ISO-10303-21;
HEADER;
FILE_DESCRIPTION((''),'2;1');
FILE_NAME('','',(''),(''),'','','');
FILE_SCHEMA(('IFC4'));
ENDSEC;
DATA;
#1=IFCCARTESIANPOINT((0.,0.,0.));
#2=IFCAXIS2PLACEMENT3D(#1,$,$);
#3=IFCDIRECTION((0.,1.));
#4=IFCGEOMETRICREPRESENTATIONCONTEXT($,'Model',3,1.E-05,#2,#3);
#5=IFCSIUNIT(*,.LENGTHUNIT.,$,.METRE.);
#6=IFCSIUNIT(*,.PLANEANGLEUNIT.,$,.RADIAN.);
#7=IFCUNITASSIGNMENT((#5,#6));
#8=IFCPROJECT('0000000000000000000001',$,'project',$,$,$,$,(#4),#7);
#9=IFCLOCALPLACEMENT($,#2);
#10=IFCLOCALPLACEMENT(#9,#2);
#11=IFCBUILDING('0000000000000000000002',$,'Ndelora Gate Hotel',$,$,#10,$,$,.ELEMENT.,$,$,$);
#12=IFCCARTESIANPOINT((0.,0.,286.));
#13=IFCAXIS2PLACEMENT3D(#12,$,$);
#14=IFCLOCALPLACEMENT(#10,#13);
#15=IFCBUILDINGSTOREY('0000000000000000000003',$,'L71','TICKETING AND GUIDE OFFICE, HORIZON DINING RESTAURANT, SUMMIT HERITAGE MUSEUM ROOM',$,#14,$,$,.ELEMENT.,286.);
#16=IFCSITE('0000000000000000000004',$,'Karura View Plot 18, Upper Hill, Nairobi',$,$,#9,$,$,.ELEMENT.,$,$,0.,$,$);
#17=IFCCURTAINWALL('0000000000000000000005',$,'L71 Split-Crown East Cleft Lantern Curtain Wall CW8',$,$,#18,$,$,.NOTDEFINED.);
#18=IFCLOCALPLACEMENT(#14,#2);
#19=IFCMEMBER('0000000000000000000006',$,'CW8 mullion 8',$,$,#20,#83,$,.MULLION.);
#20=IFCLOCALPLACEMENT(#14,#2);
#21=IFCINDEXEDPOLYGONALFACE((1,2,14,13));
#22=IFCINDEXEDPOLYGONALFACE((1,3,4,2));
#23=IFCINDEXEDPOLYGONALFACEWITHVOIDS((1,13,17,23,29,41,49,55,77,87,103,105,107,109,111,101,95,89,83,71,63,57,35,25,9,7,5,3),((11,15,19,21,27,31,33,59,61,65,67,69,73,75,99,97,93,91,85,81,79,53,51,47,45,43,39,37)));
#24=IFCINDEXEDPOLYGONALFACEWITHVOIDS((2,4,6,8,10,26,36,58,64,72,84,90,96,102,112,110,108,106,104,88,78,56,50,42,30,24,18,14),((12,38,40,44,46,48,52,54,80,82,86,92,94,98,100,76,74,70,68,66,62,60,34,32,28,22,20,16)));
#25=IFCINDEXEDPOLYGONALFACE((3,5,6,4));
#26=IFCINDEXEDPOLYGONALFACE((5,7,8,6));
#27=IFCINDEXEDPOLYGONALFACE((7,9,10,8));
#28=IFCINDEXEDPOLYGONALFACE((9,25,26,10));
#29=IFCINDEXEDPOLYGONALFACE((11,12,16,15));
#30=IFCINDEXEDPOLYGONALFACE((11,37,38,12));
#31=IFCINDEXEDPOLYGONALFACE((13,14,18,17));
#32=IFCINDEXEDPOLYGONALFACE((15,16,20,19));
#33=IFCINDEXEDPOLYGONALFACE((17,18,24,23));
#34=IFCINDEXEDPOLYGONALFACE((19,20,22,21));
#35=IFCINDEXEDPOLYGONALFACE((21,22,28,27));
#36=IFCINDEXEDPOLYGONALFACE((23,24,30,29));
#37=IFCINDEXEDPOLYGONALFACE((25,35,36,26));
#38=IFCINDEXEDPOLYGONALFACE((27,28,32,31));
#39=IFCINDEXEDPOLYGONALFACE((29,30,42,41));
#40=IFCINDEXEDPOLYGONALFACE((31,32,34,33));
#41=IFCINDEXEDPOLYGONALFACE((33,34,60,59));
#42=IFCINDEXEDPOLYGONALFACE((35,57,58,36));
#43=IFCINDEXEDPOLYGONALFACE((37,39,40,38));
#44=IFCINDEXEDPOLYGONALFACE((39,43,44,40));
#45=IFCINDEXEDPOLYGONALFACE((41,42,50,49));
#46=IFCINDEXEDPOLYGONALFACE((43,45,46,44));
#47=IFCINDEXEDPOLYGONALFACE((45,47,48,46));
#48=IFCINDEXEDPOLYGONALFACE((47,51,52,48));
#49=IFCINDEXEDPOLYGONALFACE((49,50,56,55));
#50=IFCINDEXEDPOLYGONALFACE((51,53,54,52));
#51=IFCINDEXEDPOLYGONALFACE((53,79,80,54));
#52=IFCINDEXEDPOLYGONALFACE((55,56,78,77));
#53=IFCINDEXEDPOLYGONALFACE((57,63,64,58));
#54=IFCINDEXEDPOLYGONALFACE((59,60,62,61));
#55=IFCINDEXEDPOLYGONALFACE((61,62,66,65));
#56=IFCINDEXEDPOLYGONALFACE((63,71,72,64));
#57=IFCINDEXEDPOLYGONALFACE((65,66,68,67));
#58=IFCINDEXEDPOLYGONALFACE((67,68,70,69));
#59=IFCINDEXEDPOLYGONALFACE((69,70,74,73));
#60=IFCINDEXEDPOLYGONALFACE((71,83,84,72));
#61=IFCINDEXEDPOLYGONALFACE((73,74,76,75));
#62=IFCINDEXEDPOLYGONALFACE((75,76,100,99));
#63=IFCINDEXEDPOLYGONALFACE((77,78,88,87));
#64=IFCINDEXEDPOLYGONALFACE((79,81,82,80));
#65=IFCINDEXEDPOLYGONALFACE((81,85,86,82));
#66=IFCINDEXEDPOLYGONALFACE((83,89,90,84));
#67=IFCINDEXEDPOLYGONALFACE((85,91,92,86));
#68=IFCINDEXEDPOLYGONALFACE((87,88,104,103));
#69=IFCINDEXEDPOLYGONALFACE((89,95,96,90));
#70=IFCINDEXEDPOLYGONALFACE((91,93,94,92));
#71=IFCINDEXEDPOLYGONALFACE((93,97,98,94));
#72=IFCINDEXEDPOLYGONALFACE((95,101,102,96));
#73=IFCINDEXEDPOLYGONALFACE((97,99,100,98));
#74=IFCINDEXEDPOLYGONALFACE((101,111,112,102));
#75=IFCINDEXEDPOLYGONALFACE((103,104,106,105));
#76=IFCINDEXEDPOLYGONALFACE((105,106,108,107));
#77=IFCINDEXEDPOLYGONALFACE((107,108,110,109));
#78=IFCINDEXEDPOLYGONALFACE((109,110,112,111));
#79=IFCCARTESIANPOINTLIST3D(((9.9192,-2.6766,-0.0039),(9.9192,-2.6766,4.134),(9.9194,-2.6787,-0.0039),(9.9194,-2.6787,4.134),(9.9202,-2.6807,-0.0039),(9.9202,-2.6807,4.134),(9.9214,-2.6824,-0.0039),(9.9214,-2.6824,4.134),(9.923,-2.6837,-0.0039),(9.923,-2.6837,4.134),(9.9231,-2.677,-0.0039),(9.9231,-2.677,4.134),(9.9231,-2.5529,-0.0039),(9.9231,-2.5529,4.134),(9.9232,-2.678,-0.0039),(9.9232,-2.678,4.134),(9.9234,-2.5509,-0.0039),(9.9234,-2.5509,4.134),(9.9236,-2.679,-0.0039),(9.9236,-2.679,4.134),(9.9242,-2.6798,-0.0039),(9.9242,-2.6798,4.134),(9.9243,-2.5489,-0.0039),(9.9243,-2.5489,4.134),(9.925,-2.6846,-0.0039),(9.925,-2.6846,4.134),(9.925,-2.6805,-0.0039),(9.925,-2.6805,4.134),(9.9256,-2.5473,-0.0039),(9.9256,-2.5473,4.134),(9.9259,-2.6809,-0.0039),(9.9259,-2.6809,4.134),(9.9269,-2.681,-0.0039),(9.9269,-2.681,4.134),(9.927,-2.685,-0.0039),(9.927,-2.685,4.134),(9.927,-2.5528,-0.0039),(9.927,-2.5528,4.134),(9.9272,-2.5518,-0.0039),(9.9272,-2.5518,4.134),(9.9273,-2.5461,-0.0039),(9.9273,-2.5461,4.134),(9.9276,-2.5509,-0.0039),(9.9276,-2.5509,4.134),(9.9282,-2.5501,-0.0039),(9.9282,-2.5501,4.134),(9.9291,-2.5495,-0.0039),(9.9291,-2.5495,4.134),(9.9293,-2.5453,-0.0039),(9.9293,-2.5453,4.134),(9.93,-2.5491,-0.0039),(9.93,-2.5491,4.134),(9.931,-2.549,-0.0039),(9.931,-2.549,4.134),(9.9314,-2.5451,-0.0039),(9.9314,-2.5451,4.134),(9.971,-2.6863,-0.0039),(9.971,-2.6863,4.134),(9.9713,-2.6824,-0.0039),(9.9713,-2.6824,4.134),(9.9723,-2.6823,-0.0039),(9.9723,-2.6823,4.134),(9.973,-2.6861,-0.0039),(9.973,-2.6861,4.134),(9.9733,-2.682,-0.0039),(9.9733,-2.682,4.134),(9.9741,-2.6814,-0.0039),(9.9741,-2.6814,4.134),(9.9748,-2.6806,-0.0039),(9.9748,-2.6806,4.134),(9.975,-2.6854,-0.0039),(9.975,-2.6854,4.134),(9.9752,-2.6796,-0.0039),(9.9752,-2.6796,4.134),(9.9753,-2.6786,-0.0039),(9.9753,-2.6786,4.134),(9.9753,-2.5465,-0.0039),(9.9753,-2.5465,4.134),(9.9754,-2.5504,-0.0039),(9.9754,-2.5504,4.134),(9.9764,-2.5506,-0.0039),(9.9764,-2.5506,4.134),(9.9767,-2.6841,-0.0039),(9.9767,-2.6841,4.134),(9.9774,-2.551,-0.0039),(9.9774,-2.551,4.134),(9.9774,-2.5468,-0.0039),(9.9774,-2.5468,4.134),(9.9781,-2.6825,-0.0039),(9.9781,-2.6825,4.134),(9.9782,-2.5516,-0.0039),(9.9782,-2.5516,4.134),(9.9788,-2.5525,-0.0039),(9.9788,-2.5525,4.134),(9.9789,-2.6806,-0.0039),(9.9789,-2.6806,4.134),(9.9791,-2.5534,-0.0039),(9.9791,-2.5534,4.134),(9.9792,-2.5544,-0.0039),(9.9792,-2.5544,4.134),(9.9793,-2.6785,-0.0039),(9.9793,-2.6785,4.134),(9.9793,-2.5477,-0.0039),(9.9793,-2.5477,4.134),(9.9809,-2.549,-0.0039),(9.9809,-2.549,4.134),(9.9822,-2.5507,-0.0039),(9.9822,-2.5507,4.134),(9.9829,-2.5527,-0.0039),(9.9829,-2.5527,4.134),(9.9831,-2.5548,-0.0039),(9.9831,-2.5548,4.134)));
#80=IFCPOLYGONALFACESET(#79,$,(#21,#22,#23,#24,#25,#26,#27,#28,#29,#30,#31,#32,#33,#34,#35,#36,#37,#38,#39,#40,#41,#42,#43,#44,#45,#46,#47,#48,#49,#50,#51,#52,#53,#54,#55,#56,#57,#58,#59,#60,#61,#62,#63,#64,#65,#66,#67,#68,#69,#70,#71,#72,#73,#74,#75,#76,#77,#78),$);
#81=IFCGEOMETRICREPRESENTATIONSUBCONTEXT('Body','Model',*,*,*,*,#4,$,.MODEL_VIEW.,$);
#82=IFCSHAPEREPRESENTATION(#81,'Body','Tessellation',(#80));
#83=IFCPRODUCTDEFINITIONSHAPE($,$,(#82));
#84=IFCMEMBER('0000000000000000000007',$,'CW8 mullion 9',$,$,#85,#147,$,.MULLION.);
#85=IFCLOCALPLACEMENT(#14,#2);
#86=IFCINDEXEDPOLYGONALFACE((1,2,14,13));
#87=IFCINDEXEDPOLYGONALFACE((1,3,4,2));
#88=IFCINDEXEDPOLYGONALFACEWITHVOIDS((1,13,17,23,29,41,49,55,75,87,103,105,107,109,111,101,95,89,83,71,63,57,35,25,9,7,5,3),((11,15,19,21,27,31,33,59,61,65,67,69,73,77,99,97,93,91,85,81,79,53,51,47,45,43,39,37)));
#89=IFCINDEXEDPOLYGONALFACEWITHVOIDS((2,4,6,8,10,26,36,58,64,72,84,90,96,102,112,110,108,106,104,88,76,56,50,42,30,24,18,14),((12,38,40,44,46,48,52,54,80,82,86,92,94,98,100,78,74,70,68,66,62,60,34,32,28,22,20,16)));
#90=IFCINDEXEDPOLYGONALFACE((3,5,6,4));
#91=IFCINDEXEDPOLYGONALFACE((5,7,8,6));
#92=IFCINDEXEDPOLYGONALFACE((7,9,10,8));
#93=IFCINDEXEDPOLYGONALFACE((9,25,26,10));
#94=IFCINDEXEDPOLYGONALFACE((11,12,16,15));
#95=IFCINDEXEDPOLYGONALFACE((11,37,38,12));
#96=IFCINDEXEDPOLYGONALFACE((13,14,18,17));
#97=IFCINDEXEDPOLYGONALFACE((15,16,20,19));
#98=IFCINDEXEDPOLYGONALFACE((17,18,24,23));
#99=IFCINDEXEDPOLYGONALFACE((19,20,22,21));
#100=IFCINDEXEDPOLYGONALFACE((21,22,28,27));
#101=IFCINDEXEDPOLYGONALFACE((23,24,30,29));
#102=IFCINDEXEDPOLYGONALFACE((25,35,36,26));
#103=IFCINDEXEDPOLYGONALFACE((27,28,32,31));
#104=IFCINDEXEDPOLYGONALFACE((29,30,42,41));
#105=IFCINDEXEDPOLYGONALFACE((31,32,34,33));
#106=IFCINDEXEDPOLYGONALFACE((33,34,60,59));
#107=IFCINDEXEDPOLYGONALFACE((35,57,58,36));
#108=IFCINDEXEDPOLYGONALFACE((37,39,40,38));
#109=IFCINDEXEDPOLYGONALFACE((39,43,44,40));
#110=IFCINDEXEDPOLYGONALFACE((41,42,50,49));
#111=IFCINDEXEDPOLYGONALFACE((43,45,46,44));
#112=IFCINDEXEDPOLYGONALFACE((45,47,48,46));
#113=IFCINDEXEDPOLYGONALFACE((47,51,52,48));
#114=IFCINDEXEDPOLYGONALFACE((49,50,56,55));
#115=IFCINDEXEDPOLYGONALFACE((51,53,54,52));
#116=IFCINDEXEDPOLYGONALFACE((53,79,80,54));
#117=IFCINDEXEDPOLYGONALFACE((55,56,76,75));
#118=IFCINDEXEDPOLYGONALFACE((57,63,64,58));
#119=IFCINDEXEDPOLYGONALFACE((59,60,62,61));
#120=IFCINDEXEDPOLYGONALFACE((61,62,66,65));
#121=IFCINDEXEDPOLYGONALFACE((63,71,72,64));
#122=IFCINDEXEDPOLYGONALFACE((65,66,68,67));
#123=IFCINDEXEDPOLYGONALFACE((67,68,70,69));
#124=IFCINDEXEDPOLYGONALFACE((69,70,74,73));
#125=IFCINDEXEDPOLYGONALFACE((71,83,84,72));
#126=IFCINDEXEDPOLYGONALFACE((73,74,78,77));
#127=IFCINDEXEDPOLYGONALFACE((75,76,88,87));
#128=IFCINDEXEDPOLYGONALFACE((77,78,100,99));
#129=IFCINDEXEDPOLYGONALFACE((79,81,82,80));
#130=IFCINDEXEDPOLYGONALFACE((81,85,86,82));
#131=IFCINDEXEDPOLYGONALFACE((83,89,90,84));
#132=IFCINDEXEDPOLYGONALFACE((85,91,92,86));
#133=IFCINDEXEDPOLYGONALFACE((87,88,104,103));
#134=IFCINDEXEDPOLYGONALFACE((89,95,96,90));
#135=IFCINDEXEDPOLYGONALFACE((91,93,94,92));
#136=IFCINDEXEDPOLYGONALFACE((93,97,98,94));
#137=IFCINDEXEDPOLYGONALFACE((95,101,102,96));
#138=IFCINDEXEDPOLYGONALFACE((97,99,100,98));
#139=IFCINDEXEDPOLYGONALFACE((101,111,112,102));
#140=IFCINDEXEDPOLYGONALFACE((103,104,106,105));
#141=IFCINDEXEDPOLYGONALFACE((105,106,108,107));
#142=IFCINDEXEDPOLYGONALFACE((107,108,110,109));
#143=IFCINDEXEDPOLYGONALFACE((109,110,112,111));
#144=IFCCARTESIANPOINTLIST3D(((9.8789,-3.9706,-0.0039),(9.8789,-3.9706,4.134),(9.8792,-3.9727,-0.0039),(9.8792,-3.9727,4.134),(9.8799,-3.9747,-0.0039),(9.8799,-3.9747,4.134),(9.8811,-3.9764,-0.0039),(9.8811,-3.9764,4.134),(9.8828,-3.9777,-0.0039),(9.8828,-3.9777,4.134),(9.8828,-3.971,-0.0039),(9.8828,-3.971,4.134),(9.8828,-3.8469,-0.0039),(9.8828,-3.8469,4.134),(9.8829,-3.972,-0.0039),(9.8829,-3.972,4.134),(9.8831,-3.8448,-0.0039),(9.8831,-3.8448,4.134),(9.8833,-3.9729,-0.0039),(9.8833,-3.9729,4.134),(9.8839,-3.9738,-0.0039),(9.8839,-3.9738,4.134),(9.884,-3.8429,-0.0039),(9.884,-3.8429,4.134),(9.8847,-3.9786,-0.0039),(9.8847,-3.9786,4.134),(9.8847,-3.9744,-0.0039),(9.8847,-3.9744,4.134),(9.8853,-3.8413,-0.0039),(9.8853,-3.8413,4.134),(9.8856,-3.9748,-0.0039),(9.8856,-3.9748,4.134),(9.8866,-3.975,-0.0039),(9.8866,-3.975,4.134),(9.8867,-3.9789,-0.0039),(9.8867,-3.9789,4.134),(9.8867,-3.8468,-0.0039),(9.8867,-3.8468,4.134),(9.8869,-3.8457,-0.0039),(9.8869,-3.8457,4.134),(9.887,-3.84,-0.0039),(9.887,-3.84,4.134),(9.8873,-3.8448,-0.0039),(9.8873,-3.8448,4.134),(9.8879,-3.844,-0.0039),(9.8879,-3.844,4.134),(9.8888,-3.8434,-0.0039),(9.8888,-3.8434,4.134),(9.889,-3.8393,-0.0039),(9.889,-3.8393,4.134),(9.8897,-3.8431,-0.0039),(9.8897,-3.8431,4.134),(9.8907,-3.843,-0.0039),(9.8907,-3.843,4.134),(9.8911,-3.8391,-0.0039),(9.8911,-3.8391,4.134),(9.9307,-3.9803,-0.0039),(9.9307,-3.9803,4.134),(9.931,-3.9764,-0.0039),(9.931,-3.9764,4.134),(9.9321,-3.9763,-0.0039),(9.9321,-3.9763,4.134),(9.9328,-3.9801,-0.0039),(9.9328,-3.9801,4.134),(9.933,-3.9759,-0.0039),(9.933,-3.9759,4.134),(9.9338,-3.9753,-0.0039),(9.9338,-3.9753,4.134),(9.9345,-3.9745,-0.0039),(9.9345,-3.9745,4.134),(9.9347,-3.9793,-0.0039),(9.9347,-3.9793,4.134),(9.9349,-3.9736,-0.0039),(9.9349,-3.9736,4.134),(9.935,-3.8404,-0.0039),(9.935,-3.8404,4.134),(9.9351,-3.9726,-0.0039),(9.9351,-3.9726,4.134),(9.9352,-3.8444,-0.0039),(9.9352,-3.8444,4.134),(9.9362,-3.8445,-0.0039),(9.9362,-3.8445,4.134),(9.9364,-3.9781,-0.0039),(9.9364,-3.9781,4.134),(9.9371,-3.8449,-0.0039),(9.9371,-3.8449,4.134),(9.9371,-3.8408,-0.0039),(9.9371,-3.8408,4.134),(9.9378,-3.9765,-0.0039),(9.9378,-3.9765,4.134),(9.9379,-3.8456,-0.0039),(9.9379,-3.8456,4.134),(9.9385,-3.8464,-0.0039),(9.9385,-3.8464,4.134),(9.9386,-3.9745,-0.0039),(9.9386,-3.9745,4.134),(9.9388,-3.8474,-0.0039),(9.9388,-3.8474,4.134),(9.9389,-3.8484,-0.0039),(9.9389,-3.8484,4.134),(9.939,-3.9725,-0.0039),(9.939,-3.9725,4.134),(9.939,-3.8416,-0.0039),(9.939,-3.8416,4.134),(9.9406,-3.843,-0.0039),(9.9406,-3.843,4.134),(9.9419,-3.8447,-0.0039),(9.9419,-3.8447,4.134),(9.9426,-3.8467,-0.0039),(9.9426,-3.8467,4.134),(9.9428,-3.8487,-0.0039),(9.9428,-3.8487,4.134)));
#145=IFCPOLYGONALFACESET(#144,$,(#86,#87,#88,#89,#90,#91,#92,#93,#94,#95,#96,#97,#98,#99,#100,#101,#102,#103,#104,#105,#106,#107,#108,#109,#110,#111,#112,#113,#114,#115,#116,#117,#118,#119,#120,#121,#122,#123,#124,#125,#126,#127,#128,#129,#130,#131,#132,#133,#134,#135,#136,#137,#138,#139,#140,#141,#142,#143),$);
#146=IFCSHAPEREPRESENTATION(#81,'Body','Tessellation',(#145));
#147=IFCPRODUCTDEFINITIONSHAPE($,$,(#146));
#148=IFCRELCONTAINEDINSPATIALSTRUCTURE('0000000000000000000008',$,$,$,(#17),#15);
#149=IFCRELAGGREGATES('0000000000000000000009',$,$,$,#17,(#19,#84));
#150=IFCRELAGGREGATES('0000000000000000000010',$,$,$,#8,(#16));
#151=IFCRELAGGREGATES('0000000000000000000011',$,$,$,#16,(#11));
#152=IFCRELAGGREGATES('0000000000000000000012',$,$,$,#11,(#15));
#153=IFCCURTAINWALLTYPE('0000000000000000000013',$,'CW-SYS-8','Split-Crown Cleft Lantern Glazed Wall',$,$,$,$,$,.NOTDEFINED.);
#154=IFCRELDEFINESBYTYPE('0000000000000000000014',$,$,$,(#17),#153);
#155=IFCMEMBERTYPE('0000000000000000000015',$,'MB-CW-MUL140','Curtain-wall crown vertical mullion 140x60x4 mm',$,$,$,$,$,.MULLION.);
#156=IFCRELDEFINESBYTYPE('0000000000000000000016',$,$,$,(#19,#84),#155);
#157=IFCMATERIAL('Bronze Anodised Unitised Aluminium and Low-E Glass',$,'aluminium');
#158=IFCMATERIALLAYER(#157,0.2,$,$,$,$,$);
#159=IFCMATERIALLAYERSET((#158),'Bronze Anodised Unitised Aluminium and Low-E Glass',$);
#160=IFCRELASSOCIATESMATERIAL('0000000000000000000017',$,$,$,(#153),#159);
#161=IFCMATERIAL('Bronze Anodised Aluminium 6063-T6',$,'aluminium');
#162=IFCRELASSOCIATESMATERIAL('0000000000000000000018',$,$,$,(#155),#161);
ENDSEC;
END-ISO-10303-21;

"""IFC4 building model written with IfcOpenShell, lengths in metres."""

from ifc_helpers import new_model, si_unit, direction, frame, origin, origin_2d, place, context, subcontext, project, spatial, hollow_rectangle, extrude, material, layer, layer_set, material_profile, profile_set, type_object, element, aggregate, save


model = new_model("IFC4")

# Units and contexts
model_context = context("Model", 3, precision=1e-05, world=origin(), true_north=direction((0.0, 1.0)))
body_context = subcontext(model_context, "Body", "Model", "MODEL_VIEW")
ifc_project = project(units=[si_unit("LENGTHUNIT", "METRE"), si_unit("PLANEANGLEUNIT", "RADIAN")], contexts=[model_context])

# Site, building, storey
site_placement = place(None, origin())
site = spatial("IfcSite", under=ifc_project, at=site_placement, Name="Karura View Plot 18, Upper Hill, Nairobi", CompositionType="ELEMENT", RefElevation=0.0)
building_placement = place(site_placement, origin())
building = spatial("IfcBuilding", under=site, at=building_placement, Name="Ndelora Gate Hotel", CompositionType="ELEMENT")
storey_placement = place(building_placement, frame((0.0, 0.0, 286.0)))
storey = spatial("IfcBuildingStorey", under=building, at=storey_placement, Name="L71", Description="TICKETING AND GUIDE OFFICE, HORIZON DINING RESTAURANT, SUMMIT HERITAGE MUSEUM ROOM", CompositionType="ELEMENT", Elevation=286.0)

# Shared definitions
ifc_material_1 = material(Name="Bronze Anodised Unitised Aluminium and Low-E Glass", Category="aluminium")
ifc_layer_1 = layer(ifc_material_1, 0.2)
ifc_layer_set_1 = layer_set([ifc_layer_1], Name="Bronze Anodised Unitised Aluminium and Low-E Glass")
curtain_wall_type = type_object("IfcCurtainWallType", Name="CW-SYS-8", Description="Split-Crown Cleft Lantern Glazed Wall", PredefinedType="NOTDEFINED", material=ifc_layer_set_1)
ifc_material_2 = material(Name="Bronze Anodised Aluminium 6063-T6", Category="aluminium")
ifc_material_profile_1 = material_profile(ifc_material_2, hollow_rectangle(XDim=0.0601, YDim=0.1399, WallThickness=0.0039, InnerFilletRadius=0.0039, OuterFilletRadius=0.0081, at=origin_2d()), Name="ALU 140x60x4")
ifc_profile_set_1 = profile_set([ifc_material_profile_1], Name="Bronze Anodised Aluminium 6063-T6")
member_type_1 = type_object("IfcMemberType", Name="MB-CW-MUL140", Description="Curtain-wall crown vertical mullion 140x60x4 mm", PredefinedType="MULLION", material=ifc_profile_set_1)

# Curtain wall, members
curtain_wall_1_placement = place(storey_placement, origin())
curtain_wall_1 = element("IfcCurtainWall", 1, at=curtain_wall_1_placement, inside=storey, type_object=curtain_wall_type, Name="L71 Split-Crown East Cleft Lantern Curtain Wall CW8", PredefinedType="NOTDEFINED")
member_1_placement = place(storey_placement, frame((9.9512, -2.6157, -0.0039), z_axis=(0.0, 0.0, 1.0), x_axis=(0.999515, -0.031131, 0.0)))
member_1 = element("IfcMember", 2, at=member_1_placement, type_object=member_type_1, Name="CW8 mullion 8", PredefinedType="MULLION", context=body_context, shape_type="SweptSolid", body=[
    extrude(hollow_rectangle(XDim=0.0601, YDim=0.1399, WallThickness=0.0039, InnerFilletRadius=0.0039, OuterFilletRadius=0.0081, at=origin_2d()), origin(), (0.0, 0.0, 1.0), 4.1379),
])
member_2_placement = place(storey_placement, frame((9.9109, -3.9097, -0.0039), z_axis=(0.0, 0.0, 1.0), x_axis=(0.999515, -0.031131, 0.0)))
member_2 = element("IfcMember", 3, at=member_2_placement, type_object=member_type_1, Name="CW8 mullion 9", PredefinedType="MULLION", context=body_context, shape_type="SweptSolid", body=[
    extrude(hollow_rectangle(XDim=0.0601, YDim=0.1399, WallThickness=0.0039, InnerFilletRadius=0.0039, OuterFilletRadius=0.0081, at=origin_2d()), origin(), (0.0, 0.0, 1.0), 4.1379),
])

aggregate(curtain_wall_1, [member_1, member_2])

save(model, "model.ifc")
